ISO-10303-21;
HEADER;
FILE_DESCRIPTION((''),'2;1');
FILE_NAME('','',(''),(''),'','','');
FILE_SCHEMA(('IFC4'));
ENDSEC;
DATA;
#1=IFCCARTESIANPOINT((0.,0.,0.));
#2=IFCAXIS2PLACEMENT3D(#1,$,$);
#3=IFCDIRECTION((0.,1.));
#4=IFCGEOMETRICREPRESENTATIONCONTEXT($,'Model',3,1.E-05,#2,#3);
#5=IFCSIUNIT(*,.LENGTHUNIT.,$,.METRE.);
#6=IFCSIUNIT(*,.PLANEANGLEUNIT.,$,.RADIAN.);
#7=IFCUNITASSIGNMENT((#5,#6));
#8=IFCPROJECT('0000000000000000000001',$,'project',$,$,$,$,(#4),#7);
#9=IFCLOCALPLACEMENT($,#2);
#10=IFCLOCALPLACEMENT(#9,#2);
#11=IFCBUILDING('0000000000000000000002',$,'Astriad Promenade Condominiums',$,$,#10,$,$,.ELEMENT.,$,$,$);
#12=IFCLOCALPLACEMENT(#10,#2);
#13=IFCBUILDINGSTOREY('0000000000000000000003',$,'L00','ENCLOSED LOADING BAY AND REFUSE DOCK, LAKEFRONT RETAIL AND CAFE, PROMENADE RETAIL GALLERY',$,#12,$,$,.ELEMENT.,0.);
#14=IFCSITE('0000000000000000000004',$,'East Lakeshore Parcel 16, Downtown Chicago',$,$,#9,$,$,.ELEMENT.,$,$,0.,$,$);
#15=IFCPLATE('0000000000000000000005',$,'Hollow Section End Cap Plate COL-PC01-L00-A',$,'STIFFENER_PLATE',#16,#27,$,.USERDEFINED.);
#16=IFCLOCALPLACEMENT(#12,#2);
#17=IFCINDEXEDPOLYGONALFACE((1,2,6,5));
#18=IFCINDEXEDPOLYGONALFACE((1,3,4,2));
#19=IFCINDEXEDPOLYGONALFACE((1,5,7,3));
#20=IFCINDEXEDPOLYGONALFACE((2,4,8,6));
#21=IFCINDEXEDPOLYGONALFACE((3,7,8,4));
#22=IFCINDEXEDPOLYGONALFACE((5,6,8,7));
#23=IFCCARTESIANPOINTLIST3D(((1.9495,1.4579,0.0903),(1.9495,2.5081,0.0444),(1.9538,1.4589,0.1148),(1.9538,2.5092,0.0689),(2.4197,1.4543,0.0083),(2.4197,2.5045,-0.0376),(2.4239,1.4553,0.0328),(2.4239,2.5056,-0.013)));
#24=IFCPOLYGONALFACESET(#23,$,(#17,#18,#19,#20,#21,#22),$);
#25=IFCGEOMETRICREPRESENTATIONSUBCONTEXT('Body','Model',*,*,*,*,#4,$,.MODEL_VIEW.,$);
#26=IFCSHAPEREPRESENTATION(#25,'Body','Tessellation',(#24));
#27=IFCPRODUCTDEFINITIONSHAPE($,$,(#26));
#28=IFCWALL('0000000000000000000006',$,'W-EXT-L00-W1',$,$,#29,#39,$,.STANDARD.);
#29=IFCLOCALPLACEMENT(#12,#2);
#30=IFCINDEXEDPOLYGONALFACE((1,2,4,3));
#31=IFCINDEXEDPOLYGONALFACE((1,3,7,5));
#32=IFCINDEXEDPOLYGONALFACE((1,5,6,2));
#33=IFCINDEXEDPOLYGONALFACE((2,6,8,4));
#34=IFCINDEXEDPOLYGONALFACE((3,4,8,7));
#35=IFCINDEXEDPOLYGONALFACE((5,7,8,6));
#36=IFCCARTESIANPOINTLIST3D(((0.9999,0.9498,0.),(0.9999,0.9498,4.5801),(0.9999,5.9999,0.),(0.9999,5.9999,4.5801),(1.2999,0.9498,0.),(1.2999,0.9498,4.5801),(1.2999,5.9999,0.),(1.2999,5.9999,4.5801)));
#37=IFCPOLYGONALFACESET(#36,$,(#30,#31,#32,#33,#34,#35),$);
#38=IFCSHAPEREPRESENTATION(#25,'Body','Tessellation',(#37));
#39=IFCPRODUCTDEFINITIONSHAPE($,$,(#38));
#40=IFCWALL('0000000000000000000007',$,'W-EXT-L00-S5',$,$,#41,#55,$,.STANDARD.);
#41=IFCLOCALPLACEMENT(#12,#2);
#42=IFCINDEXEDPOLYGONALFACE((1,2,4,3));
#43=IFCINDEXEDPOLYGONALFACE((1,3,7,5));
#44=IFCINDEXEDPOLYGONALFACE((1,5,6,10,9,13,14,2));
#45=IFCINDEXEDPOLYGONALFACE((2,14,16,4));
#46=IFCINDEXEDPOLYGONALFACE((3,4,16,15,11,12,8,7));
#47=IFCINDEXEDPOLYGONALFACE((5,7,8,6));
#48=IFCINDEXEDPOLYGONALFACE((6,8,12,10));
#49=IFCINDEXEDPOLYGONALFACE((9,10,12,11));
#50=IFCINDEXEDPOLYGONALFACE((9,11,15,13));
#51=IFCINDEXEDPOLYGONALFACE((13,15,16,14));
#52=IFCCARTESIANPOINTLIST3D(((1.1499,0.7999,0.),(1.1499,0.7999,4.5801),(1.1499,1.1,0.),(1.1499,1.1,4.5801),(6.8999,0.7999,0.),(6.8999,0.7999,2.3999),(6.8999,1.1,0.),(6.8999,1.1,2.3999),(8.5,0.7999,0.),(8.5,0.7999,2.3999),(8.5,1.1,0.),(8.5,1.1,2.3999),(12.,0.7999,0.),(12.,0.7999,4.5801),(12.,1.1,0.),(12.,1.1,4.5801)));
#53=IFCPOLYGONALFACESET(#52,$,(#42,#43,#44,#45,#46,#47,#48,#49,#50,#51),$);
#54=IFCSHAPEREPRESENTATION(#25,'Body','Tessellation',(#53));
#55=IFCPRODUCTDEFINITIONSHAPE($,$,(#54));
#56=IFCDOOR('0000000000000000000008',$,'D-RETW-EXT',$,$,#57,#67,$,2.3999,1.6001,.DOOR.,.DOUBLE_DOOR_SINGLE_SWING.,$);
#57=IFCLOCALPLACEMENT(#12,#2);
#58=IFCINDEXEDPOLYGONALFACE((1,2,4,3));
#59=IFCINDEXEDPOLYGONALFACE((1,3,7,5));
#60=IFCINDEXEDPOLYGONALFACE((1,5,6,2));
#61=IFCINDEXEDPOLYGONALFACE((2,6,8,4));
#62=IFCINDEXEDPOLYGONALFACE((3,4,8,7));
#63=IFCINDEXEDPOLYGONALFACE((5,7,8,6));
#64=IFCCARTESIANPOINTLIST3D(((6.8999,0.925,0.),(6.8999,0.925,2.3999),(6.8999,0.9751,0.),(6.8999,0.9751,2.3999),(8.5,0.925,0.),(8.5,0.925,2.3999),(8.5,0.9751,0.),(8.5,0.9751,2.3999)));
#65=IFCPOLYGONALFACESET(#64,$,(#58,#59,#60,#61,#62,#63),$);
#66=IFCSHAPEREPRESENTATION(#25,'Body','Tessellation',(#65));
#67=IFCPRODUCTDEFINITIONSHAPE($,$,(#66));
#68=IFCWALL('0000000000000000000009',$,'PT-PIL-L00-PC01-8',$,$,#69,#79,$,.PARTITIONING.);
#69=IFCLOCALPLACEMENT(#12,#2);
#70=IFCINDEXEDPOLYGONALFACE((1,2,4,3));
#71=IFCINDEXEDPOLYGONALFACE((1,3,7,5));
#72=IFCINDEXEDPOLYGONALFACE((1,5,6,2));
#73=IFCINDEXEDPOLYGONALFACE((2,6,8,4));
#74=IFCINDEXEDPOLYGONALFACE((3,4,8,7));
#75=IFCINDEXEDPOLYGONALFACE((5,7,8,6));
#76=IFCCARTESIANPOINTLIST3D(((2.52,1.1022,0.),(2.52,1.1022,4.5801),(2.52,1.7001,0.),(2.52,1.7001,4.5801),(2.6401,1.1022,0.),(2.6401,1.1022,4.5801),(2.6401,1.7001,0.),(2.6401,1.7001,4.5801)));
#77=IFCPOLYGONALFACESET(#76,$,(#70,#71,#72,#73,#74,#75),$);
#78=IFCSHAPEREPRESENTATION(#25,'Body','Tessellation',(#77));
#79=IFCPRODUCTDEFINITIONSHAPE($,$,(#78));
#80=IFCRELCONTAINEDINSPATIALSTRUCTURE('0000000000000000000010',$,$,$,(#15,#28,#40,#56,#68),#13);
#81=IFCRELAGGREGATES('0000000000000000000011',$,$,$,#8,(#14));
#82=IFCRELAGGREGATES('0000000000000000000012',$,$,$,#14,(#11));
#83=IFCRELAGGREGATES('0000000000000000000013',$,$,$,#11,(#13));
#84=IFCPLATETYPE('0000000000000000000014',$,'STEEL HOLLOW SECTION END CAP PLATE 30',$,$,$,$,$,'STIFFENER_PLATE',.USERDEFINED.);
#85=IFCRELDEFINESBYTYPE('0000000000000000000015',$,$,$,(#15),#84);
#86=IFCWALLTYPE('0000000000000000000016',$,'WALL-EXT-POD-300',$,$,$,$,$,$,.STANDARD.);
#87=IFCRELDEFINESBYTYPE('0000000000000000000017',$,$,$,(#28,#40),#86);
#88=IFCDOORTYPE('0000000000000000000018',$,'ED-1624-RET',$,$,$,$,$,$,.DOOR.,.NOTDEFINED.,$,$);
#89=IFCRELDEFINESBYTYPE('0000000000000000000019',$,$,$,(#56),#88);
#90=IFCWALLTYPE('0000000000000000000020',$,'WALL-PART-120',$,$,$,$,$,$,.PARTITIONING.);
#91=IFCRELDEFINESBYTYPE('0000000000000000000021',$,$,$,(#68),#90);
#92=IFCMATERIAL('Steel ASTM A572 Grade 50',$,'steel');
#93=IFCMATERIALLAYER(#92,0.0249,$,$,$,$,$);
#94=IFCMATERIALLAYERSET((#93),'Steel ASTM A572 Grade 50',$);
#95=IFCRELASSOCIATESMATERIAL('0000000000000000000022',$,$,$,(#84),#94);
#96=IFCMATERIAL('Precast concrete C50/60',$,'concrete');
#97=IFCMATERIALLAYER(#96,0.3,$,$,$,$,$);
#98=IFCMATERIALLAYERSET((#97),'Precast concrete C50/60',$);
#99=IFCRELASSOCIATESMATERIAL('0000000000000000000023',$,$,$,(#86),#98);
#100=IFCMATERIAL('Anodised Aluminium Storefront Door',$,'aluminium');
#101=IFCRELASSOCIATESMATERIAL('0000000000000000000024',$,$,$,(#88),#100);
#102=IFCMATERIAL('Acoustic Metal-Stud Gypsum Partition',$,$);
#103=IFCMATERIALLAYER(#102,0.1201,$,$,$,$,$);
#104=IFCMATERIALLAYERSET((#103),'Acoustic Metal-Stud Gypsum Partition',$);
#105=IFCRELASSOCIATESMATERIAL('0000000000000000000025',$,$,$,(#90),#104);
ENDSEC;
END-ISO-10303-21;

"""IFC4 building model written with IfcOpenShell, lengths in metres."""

from ifc_helpers import new_model, si_unit, direction, frame, frame_2d, origin, origin_2d, place, context, subcontext, project, spatial, rectangle, extrude, source, transform, mapped, material, layer, layer_set, type_object, type_shapes, element, fill, save


model = new_model("IFC4")

# Units and contexts
model_context = context("Model", 3, precision=1e-05, world=origin(), true_north=direction((0.0, 1.0)))
body_context = subcontext(model_context, "Body", "Model", "MODEL_VIEW")
ifc_project = project(units=[si_unit("LENGTHUNIT", "METRE"), si_unit("PLANEANGLEUNIT", "RADIAN")], contexts=[model_context])

# Site, building, storey
site_placement = place(None, origin())
site = spatial("IfcSite", under=ifc_project, at=site_placement, Name="East Lakeshore Parcel 16, Downtown Chicago", CompositionType="ELEMENT", RefElevation=0.0)
building_placement = place(site_placement, origin())
building = spatial("IfcBuilding", under=site, at=building_placement, Name="Astriad Promenade Condominiums", CompositionType="ELEMENT")
storey_placement = place(building_placement, origin())
storey = spatial("IfcBuildingStorey", under=building, at=storey_placement, Name="L00", Description="ENCLOSED LOADING BAY AND REFUSE DOCK, LAKEFRONT RETAIL AND CAFE, PROMENADE RETAIL GALLERY", CompositionType="ELEMENT", Elevation=0.0)

# Plate
ifc_material_1 = material(Name="Steel ASTM A572 Grade 50", Category="steel")
ifc_layer_1 = layer(ifc_material_1, 0.0249)
ifc_layer_set_1 = layer_set([ifc_layer_1], Name="Steel ASTM A572 Grade 50")
plate_type = type_object("IfcPlateType", Name="STEEL HOLLOW SECTION END CAP PLATE 30", ElementType="STIFFENER_PLATE", PredefinedType="USERDEFINED", material=ifc_layer_set_1)
shared_shape_1 = source(origin(), body_context, "Body", "SweptSolid", [
    extrude(rectangle(XDim=0.4773, YDim=1.0513, at=origin_2d()), origin(), (0.0, 0.0, 1.0), 0.0249),
])
type_shapes(plate_type, [shared_shape_1])
plate_placement = place(storey_placement, frame((2.1846, 1.9812, 0.0264), z_axis=(0.171897, 0.042985, 0.984177), x_axis=(1.0, 0.0, 0.0)))
element("IfcPlate", 1, at=plate_placement, inside=storey, type_object=plate_type, Name="Hollow Section End Cap Plate COL-PC01-L00-A", ObjectType="STIFFENER_PLATE", PredefinedType="USERDEFINED", context=body_context, shape_type="MappedRepresentation", body=[
    mapped(shared_shape_1, transform((0.0, 0.0, 0.0), scale=1.0)),
])

# Wall
ifc_material_2 = material(Name="Precast concrete C50/60", Category="concrete")
ifc_layer_2 = layer(ifc_material_2, 0.3)
ifc_layer_set_2 = layer_set([ifc_layer_2], Name="Precast concrete C50/60")
wall_type_1 = type_object("IfcWallType", Name="WALL-EXT-POD-300", PredefinedType="STANDARD", material=ifc_layer_set_2)
wall_1_placement = place(storey_placement, frame((1.1499, 0.95, 0.0), z_axis=(0.0, 0.0, 1.0), x_axis=(0.0, 1.0, 0.0)))
element("IfcWall", 2, at=wall_1_placement, inside=storey, type_object=wall_type_1, Name="W-EXT-L00-W1", PredefinedType="STANDARD", context=body_context, shape_type="SweptSolid", body=[
    extrude(rectangle(XDim=5.05, YDim=0.3, at=frame_2d((2.5249, 0.0))), origin(), (0.0, 0.0, 1.0), 4.5801),
])

# Wall, opening, door
wall_2_placement = place(storey_placement, frame((12.0, 0.95, 0.0), z_axis=(0.0, 0.0, 1.0), x_axis=(-1.0, 0.0, 0.0)))
wall_2 = element("IfcWall", 3, at=wall_2_placement, inside=storey, type_object=wall_type_1, Name="W-EXT-L00-S5", PredefinedType="STANDARD", context=body_context, shape_type="SweptSolid", body=[
    extrude(rectangle(XDim=10.8501, YDim=0.3, at=frame_2d((5.425, 0.0))), origin(), (0.0, 0.0, 1.0), 4.5801),
])
opening_placement = place(wall_2_placement, frame((3.5, 0.0, 0.0)))
opening = element("IfcOpeningElement", 4, at=opening_placement, cuts=wall_2, PredefinedType="OPENING", context=body_context, shape_type="SweptSolid", body=[
    extrude(rectangle(XDim=1.6001, YDim=2.3999, at=frame_2d((0.8, 1.2))), frame((0.0, 0.1599, 0.0), z_axis=(0.0, -1.0, 0.0), x_axis=(1.0, 0.0, 0.0)), (0.0, 0.0, 1.0), 0.3201),
])
ifc_material_3 = material(Name="Anodised Aluminium Storefront Door", Category="aluminium")
door_type = type_object("IfcDoorType", Name="ED-1624-RET", OperationType="NOTDEFINED", PredefinedType="DOOR", material=ifc_material_3)
shared_shape_2 = source(origin(), body_context, "Body", "SweptSolid", [
    extrude(rectangle(XDim=1.6001, YDim=2.3999, at=frame_2d((0.8, 1.2))), frame((0.0, 0.0249, 0.0), z_axis=(0.0, -1.0, 0.0), x_axis=(1.0, 0.0, 0.0)), (0.0, 0.0, 1.0), 0.05),
])
type_shapes(door_type, [shared_shape_2])
door_placement = place(opening_placement, origin())
door = element("IfcDoor", 5, at=door_placement, inside=storey, type_object=door_type, Name="D-RETW-EXT", OperationType="DOUBLE_DOOR_SINGLE_SWING", OverallHeight=2.3999, OverallWidth=1.6001, PredefinedType="DOOR", context=body_context, shape_type="MappedRepresentation", body=[
    mapped(shared_shape_2, transform((0.0, 0.0, 0.0), scale=1.0)),
])
fill(opening, door)

# Wall
ifc_material_4 = material(Name="Acoustic Metal-Stud Gypsum Partition")
ifc_layer_3 = layer(ifc_material_4, 0.1201)
ifc_layer_set_3 = layer_set([ifc_layer_3], Name="Acoustic Metal-Stud Gypsum Partition")
wall_type_2 = type_object("IfcWallType", Name="WALL-PART-120", PredefinedType="PARTITIONING", material=ifc_layer_set_3)
wall_3_placement = place(storey_placement, frame((2.5801, 1.7, 0.0), z_axis=(0.0, 0.0, 1.0), x_axis=(0.0, -1.0, 0.0)))
element("IfcWall", 6, at=wall_3_placement, inside=storey, type_object=wall_type_2, Name="PT-PIL-L00-PC01-8", PredefinedType="PARTITIONING", context=body_context, shape_type="SweptSolid", body=[
    extrude(rectangle(XDim=0.5979, YDim=0.1201, at=frame_2d((0.2988, 0.0))), origin(), (0.0, 0.0, 1.0), 4.5801),
])

save(model, "model.ifc")
